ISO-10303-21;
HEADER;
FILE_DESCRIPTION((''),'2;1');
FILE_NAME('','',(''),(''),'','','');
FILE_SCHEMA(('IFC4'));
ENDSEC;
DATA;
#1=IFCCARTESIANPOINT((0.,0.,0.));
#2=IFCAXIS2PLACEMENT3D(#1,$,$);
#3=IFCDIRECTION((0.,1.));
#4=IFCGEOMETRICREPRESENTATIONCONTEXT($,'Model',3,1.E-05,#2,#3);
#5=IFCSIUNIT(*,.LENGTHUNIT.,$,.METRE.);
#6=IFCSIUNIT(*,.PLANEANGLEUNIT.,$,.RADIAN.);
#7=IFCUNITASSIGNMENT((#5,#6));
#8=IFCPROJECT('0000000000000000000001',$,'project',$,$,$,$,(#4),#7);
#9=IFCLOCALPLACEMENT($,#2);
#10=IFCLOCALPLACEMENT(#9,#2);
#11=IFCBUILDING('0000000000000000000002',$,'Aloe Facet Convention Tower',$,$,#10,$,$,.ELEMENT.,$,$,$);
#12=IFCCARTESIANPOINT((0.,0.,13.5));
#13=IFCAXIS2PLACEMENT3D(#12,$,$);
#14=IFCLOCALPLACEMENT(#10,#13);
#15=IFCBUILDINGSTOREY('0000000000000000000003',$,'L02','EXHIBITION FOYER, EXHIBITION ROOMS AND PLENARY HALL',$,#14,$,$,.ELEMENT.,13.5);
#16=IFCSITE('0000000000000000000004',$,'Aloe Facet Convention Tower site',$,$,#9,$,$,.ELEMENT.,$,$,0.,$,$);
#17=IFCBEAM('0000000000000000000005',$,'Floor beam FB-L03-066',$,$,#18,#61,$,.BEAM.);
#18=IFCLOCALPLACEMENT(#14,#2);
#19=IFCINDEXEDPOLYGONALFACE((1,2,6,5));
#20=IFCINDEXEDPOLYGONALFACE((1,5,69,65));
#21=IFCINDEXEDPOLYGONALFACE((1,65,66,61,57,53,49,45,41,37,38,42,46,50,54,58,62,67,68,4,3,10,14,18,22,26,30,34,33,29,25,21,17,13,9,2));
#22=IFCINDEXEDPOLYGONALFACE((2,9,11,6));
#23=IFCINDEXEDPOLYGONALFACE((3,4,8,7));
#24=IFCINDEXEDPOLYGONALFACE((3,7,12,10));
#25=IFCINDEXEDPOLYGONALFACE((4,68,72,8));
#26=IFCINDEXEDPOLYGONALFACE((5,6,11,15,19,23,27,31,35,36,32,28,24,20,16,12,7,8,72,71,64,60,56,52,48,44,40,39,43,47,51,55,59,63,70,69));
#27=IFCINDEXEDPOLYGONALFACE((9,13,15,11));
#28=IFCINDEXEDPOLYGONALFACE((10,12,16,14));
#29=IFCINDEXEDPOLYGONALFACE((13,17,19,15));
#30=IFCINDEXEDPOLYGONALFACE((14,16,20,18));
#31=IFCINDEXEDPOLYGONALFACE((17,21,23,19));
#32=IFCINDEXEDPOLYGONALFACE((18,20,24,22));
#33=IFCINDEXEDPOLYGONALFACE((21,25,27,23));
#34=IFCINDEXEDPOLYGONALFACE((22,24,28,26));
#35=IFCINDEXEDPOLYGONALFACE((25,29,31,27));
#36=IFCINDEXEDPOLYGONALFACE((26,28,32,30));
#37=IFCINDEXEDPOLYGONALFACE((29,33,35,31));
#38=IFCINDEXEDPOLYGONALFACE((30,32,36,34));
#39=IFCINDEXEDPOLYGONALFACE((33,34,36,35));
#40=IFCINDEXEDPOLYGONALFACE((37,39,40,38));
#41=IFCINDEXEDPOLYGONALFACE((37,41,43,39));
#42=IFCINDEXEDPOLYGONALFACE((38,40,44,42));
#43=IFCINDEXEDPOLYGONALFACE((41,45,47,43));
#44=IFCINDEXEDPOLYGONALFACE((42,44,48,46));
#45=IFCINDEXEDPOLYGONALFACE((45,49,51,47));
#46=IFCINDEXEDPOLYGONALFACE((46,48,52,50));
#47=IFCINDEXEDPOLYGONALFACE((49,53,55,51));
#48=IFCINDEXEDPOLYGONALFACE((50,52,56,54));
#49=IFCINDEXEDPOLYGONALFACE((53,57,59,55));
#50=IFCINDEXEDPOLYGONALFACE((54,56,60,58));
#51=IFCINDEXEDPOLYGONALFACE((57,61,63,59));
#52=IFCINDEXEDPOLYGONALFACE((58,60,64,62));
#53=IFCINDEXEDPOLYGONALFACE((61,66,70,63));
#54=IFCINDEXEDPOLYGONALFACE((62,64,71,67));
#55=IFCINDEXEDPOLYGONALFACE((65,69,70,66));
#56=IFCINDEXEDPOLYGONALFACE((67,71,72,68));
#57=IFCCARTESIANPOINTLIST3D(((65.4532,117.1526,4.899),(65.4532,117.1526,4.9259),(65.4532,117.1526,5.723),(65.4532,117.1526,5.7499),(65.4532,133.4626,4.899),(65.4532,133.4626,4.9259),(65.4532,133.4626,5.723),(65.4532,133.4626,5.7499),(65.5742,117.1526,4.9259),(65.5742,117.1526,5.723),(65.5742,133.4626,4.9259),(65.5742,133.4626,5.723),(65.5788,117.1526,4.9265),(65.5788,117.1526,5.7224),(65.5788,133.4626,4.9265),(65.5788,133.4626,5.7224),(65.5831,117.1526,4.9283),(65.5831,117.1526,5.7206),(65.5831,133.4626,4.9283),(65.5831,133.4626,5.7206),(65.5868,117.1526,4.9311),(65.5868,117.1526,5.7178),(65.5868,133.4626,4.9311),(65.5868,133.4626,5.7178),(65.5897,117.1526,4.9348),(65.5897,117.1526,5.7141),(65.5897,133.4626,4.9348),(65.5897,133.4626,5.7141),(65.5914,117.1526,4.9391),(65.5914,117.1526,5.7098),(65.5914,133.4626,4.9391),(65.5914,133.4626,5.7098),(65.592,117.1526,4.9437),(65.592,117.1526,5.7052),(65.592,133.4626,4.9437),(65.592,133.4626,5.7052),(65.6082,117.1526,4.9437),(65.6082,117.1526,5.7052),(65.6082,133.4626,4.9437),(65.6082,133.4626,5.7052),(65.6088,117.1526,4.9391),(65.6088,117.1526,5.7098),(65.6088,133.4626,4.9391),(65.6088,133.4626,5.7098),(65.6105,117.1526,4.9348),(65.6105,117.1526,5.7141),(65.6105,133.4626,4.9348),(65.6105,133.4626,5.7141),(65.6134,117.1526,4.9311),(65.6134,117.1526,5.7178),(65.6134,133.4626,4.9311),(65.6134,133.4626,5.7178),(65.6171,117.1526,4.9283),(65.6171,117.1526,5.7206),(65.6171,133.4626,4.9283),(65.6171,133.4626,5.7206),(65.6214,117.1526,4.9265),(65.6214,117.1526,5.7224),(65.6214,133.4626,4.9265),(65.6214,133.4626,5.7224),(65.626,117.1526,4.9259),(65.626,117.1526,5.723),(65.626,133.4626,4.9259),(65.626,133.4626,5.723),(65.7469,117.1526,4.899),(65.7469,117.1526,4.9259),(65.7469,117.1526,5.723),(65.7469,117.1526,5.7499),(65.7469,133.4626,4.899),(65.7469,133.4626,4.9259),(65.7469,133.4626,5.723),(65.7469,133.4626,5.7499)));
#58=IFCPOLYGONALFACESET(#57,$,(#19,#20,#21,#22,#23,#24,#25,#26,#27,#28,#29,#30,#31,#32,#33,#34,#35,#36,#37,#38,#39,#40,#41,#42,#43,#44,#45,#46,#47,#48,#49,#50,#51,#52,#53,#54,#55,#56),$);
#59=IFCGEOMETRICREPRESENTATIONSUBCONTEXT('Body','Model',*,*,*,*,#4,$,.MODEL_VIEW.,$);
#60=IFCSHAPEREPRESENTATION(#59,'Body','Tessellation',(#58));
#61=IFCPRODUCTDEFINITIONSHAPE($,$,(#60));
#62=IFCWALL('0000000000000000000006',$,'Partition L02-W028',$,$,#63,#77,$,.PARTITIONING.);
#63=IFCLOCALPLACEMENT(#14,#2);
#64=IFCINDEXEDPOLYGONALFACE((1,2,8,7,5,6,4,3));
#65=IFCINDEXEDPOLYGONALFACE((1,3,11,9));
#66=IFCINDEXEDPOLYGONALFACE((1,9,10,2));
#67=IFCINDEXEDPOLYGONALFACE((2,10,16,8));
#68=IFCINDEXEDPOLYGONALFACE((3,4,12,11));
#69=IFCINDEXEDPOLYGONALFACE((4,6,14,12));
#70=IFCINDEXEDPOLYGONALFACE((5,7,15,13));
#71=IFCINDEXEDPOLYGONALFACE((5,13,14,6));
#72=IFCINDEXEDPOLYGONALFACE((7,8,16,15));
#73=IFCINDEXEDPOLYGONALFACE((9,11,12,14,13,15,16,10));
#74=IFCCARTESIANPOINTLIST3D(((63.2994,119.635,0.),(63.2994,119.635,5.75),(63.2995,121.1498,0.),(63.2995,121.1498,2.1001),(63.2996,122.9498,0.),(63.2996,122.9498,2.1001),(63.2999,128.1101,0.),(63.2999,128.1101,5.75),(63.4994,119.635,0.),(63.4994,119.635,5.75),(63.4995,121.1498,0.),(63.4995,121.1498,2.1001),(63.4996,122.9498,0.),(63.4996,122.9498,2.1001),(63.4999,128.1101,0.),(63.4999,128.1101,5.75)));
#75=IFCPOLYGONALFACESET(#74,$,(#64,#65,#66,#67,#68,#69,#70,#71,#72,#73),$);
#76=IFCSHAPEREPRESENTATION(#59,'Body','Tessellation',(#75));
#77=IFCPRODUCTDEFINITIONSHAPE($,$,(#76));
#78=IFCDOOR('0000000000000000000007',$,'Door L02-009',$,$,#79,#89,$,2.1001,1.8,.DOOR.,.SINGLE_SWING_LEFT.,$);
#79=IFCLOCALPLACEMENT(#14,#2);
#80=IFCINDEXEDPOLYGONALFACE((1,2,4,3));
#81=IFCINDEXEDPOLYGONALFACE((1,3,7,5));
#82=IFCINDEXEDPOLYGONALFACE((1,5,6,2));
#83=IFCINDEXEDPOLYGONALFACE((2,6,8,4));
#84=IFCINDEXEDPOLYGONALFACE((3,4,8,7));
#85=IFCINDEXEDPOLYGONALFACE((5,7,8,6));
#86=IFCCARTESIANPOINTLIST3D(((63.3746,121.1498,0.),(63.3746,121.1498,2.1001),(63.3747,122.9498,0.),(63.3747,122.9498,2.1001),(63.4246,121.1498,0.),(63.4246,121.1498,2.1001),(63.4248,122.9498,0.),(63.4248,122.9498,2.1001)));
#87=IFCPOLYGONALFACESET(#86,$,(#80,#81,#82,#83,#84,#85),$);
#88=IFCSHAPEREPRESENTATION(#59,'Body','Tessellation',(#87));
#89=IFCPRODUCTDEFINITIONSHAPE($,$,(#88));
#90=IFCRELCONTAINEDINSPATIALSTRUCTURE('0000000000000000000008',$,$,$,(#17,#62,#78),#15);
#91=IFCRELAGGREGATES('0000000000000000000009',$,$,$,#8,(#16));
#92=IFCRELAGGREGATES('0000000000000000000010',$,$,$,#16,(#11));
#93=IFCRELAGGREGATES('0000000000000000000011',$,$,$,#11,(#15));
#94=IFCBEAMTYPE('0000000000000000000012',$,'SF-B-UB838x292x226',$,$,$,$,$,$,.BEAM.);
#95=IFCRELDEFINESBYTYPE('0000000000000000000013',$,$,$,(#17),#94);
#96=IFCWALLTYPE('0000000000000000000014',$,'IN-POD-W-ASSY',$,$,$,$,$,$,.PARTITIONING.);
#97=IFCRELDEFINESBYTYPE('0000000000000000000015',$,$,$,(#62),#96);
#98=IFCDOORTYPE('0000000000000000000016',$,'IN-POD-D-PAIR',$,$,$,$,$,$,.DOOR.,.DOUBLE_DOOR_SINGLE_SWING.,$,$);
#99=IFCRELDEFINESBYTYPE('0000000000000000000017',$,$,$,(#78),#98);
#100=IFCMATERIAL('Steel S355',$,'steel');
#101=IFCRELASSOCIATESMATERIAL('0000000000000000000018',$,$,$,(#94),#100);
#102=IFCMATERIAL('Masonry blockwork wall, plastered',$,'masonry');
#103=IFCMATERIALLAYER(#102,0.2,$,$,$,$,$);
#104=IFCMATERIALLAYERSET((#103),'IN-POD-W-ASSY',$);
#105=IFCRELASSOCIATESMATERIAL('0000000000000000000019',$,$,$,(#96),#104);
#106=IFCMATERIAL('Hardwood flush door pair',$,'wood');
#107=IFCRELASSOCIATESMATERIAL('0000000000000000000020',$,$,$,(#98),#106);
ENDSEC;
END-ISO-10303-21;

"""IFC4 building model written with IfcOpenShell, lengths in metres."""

from ifc_helpers import new_model, si_unit, direction, frame, frame_2d, origin, origin_2d, place, context, subcontext, project, spatial, rectangle, i_section, extrude, material, layer, layer_set, material_profile, profile_set, type_object, element, fill, save


model = new_model("IFC4")

# Units and contexts
model_context = context("Model", 3, precision=1e-05, world=origin(), true_north=direction((0.0, 1.0)))
body_context = subcontext(model_context, "Body", "Model", "MODEL_VIEW")
ifc_project = project(units=[si_unit("LENGTHUNIT", "METRE"), si_unit("PLANEANGLEUNIT", "RADIAN")], contexts=[model_context])

# Site, building, storey
site_placement = place(None, origin())
site = spatial("IfcSite", under=ifc_project, at=site_placement, Name="Aloe Facet Convention Tower site", CompositionType="ELEMENT", RefElevation=0.0)
building_placement = place(site_placement, origin())
building = spatial("IfcBuilding", under=site, at=building_placement, Name="Aloe Facet Convention Tower", CompositionType="ELEMENT")
storey_placement = place(building_placement, frame((0.0, 0.0, 13.5)))
storey = spatial("IfcBuildingStorey", under=building, at=storey_placement, Name="L02", Description="EXHIBITION FOYER, EXHIBITION ROOMS AND PLENARY HALL", CompositionType="ELEMENT", Elevation=13.5)

# Beam
ifc_material_1 = material(Name="Steel S355", Category="steel")
ifc_material_profile_1 = material_profile(ifc_material_1, i_section(OverallWidth=0.2937, OverallDepth=0.8508, WebThickness=0.0161, FlangeThickness=0.0269, FilletRadius=0.0178, at=origin_2d()), Name="UB 838x292x226")
ifc_profile_set_1 = profile_set([ifc_material_profile_1], Name="Steel S355")
beam_type_1 = type_object("IfcBeamType", Name="SF-B-UB838x292x226", PredefinedType="BEAM", material=ifc_profile_set_1)
for number, where, z_axis, x_axis, name in (
    (1, (65.6001, 117.1526, 5.3245), (0.0, 1.0, 0.0), (-1.0, 0.0, 0.0), "Floor beam FB-L03-066"),
):
    element("IfcBeam", number, at=place(storey_placement, frame(where, z_axis=z_axis, x_axis=x_axis)), inside=storey, type_object=beam_type_1, Name=name, PredefinedType="BEAM", context=body_context, shape_type="SweptSolid", body=[
        extrude(i_section(OverallWidth=0.2937, OverallDepth=0.8508, WebThickness=0.0161, FlangeThickness=0.0269, FilletRadius=0.0178, at=origin_2d()), origin(), (0.0, 0.0, 1.0), 16.3101),
    ])

# Wall, opening, door
ifc_material_2 = material(Name="Masonry blockwork wall, plastered", Category="masonry")
ifc_layer_1 = layer(ifc_material_2, 0.2)
ifc_layer_set_1 = layer_set([ifc_layer_1], Name="IN-POD-W-ASSY")
wall_type_1 = type_object("IfcWallType", Name="IN-POD-W-ASSY", PredefinedType="PARTITIONING", material=ifc_layer_set_1)
wall_1_placement = place(storey_placement, frame((63.3994, 119.635, 0.0), z_axis=(0.0, 0.0, 1.0), x_axis=(0.000058, 1.0, 0.0)))
wall_1 = element("IfcWall", 2, at=wall_1_placement, inside=storey, type_object=wall_type_1, Name="Partition L02-W028", PredefinedType="PARTITIONING", context=body_context, shape_type="SweptSolid", body=[
    extrude(rectangle(XDim=8.4751, YDim=0.2, at=frame_2d((4.2375, 0.0))), origin(), (0.0, 0.0, 1.0), 5.75),
])
opening_1_placement = place(wall_1_placement, frame((1.5149, 0.0, 0.0)))
opening_1 = element("IfcOpeningElement", 3, at=opening_1_placement, cuts=wall_1, PredefinedType="OPENING", context=body_context, shape_type="SweptSolid", body=[
    extrude(rectangle(XDim=1.8, YDim=2.1001, at=frame_2d((0.8999, 1.05))), frame((0.0, 0.1099, 0.0), z_axis=(0.0, -1.0, 0.0), x_axis=(1.0, 0.0, 0.0)), (0.0, 0.0, 1.0), 0.22),
])
ifc_material_3 = material(Name="Hardwood flush door pair", Category="wood")
door_type_1 = type_object("IfcDoorType", Name="IN-POD-D-PAIR", OperationType="DOUBLE_DOOR_SINGLE_SWING", PredefinedType="DOOR", material=ifc_material_3)
door_1_placement = place(opening_1_placement, origin())
door_1 = element("IfcDoor", 4, at=door_1_placement, inside=storey, type_object=door_type_1, Name="Door L02-009", OperationType="SINGLE_SWING_LEFT", OverallHeight=2.1001, OverallWidth=1.8, PredefinedType="DOOR", context=body_context, shape_type="SweptSolid", body=[
    extrude(rectangle(XDim=1.8, YDim=2.1001, at=frame_2d((0.8999, 1.05))), frame((0.0, 0.0249, 0.0), z_axis=(0.0, -1.0, 0.0), x_axis=(1.0, 0.0, 0.0)), (0.0, 0.0, 1.0), 0.05),
])
fill(opening_1, door_1)

save(model, "model.ifc")
